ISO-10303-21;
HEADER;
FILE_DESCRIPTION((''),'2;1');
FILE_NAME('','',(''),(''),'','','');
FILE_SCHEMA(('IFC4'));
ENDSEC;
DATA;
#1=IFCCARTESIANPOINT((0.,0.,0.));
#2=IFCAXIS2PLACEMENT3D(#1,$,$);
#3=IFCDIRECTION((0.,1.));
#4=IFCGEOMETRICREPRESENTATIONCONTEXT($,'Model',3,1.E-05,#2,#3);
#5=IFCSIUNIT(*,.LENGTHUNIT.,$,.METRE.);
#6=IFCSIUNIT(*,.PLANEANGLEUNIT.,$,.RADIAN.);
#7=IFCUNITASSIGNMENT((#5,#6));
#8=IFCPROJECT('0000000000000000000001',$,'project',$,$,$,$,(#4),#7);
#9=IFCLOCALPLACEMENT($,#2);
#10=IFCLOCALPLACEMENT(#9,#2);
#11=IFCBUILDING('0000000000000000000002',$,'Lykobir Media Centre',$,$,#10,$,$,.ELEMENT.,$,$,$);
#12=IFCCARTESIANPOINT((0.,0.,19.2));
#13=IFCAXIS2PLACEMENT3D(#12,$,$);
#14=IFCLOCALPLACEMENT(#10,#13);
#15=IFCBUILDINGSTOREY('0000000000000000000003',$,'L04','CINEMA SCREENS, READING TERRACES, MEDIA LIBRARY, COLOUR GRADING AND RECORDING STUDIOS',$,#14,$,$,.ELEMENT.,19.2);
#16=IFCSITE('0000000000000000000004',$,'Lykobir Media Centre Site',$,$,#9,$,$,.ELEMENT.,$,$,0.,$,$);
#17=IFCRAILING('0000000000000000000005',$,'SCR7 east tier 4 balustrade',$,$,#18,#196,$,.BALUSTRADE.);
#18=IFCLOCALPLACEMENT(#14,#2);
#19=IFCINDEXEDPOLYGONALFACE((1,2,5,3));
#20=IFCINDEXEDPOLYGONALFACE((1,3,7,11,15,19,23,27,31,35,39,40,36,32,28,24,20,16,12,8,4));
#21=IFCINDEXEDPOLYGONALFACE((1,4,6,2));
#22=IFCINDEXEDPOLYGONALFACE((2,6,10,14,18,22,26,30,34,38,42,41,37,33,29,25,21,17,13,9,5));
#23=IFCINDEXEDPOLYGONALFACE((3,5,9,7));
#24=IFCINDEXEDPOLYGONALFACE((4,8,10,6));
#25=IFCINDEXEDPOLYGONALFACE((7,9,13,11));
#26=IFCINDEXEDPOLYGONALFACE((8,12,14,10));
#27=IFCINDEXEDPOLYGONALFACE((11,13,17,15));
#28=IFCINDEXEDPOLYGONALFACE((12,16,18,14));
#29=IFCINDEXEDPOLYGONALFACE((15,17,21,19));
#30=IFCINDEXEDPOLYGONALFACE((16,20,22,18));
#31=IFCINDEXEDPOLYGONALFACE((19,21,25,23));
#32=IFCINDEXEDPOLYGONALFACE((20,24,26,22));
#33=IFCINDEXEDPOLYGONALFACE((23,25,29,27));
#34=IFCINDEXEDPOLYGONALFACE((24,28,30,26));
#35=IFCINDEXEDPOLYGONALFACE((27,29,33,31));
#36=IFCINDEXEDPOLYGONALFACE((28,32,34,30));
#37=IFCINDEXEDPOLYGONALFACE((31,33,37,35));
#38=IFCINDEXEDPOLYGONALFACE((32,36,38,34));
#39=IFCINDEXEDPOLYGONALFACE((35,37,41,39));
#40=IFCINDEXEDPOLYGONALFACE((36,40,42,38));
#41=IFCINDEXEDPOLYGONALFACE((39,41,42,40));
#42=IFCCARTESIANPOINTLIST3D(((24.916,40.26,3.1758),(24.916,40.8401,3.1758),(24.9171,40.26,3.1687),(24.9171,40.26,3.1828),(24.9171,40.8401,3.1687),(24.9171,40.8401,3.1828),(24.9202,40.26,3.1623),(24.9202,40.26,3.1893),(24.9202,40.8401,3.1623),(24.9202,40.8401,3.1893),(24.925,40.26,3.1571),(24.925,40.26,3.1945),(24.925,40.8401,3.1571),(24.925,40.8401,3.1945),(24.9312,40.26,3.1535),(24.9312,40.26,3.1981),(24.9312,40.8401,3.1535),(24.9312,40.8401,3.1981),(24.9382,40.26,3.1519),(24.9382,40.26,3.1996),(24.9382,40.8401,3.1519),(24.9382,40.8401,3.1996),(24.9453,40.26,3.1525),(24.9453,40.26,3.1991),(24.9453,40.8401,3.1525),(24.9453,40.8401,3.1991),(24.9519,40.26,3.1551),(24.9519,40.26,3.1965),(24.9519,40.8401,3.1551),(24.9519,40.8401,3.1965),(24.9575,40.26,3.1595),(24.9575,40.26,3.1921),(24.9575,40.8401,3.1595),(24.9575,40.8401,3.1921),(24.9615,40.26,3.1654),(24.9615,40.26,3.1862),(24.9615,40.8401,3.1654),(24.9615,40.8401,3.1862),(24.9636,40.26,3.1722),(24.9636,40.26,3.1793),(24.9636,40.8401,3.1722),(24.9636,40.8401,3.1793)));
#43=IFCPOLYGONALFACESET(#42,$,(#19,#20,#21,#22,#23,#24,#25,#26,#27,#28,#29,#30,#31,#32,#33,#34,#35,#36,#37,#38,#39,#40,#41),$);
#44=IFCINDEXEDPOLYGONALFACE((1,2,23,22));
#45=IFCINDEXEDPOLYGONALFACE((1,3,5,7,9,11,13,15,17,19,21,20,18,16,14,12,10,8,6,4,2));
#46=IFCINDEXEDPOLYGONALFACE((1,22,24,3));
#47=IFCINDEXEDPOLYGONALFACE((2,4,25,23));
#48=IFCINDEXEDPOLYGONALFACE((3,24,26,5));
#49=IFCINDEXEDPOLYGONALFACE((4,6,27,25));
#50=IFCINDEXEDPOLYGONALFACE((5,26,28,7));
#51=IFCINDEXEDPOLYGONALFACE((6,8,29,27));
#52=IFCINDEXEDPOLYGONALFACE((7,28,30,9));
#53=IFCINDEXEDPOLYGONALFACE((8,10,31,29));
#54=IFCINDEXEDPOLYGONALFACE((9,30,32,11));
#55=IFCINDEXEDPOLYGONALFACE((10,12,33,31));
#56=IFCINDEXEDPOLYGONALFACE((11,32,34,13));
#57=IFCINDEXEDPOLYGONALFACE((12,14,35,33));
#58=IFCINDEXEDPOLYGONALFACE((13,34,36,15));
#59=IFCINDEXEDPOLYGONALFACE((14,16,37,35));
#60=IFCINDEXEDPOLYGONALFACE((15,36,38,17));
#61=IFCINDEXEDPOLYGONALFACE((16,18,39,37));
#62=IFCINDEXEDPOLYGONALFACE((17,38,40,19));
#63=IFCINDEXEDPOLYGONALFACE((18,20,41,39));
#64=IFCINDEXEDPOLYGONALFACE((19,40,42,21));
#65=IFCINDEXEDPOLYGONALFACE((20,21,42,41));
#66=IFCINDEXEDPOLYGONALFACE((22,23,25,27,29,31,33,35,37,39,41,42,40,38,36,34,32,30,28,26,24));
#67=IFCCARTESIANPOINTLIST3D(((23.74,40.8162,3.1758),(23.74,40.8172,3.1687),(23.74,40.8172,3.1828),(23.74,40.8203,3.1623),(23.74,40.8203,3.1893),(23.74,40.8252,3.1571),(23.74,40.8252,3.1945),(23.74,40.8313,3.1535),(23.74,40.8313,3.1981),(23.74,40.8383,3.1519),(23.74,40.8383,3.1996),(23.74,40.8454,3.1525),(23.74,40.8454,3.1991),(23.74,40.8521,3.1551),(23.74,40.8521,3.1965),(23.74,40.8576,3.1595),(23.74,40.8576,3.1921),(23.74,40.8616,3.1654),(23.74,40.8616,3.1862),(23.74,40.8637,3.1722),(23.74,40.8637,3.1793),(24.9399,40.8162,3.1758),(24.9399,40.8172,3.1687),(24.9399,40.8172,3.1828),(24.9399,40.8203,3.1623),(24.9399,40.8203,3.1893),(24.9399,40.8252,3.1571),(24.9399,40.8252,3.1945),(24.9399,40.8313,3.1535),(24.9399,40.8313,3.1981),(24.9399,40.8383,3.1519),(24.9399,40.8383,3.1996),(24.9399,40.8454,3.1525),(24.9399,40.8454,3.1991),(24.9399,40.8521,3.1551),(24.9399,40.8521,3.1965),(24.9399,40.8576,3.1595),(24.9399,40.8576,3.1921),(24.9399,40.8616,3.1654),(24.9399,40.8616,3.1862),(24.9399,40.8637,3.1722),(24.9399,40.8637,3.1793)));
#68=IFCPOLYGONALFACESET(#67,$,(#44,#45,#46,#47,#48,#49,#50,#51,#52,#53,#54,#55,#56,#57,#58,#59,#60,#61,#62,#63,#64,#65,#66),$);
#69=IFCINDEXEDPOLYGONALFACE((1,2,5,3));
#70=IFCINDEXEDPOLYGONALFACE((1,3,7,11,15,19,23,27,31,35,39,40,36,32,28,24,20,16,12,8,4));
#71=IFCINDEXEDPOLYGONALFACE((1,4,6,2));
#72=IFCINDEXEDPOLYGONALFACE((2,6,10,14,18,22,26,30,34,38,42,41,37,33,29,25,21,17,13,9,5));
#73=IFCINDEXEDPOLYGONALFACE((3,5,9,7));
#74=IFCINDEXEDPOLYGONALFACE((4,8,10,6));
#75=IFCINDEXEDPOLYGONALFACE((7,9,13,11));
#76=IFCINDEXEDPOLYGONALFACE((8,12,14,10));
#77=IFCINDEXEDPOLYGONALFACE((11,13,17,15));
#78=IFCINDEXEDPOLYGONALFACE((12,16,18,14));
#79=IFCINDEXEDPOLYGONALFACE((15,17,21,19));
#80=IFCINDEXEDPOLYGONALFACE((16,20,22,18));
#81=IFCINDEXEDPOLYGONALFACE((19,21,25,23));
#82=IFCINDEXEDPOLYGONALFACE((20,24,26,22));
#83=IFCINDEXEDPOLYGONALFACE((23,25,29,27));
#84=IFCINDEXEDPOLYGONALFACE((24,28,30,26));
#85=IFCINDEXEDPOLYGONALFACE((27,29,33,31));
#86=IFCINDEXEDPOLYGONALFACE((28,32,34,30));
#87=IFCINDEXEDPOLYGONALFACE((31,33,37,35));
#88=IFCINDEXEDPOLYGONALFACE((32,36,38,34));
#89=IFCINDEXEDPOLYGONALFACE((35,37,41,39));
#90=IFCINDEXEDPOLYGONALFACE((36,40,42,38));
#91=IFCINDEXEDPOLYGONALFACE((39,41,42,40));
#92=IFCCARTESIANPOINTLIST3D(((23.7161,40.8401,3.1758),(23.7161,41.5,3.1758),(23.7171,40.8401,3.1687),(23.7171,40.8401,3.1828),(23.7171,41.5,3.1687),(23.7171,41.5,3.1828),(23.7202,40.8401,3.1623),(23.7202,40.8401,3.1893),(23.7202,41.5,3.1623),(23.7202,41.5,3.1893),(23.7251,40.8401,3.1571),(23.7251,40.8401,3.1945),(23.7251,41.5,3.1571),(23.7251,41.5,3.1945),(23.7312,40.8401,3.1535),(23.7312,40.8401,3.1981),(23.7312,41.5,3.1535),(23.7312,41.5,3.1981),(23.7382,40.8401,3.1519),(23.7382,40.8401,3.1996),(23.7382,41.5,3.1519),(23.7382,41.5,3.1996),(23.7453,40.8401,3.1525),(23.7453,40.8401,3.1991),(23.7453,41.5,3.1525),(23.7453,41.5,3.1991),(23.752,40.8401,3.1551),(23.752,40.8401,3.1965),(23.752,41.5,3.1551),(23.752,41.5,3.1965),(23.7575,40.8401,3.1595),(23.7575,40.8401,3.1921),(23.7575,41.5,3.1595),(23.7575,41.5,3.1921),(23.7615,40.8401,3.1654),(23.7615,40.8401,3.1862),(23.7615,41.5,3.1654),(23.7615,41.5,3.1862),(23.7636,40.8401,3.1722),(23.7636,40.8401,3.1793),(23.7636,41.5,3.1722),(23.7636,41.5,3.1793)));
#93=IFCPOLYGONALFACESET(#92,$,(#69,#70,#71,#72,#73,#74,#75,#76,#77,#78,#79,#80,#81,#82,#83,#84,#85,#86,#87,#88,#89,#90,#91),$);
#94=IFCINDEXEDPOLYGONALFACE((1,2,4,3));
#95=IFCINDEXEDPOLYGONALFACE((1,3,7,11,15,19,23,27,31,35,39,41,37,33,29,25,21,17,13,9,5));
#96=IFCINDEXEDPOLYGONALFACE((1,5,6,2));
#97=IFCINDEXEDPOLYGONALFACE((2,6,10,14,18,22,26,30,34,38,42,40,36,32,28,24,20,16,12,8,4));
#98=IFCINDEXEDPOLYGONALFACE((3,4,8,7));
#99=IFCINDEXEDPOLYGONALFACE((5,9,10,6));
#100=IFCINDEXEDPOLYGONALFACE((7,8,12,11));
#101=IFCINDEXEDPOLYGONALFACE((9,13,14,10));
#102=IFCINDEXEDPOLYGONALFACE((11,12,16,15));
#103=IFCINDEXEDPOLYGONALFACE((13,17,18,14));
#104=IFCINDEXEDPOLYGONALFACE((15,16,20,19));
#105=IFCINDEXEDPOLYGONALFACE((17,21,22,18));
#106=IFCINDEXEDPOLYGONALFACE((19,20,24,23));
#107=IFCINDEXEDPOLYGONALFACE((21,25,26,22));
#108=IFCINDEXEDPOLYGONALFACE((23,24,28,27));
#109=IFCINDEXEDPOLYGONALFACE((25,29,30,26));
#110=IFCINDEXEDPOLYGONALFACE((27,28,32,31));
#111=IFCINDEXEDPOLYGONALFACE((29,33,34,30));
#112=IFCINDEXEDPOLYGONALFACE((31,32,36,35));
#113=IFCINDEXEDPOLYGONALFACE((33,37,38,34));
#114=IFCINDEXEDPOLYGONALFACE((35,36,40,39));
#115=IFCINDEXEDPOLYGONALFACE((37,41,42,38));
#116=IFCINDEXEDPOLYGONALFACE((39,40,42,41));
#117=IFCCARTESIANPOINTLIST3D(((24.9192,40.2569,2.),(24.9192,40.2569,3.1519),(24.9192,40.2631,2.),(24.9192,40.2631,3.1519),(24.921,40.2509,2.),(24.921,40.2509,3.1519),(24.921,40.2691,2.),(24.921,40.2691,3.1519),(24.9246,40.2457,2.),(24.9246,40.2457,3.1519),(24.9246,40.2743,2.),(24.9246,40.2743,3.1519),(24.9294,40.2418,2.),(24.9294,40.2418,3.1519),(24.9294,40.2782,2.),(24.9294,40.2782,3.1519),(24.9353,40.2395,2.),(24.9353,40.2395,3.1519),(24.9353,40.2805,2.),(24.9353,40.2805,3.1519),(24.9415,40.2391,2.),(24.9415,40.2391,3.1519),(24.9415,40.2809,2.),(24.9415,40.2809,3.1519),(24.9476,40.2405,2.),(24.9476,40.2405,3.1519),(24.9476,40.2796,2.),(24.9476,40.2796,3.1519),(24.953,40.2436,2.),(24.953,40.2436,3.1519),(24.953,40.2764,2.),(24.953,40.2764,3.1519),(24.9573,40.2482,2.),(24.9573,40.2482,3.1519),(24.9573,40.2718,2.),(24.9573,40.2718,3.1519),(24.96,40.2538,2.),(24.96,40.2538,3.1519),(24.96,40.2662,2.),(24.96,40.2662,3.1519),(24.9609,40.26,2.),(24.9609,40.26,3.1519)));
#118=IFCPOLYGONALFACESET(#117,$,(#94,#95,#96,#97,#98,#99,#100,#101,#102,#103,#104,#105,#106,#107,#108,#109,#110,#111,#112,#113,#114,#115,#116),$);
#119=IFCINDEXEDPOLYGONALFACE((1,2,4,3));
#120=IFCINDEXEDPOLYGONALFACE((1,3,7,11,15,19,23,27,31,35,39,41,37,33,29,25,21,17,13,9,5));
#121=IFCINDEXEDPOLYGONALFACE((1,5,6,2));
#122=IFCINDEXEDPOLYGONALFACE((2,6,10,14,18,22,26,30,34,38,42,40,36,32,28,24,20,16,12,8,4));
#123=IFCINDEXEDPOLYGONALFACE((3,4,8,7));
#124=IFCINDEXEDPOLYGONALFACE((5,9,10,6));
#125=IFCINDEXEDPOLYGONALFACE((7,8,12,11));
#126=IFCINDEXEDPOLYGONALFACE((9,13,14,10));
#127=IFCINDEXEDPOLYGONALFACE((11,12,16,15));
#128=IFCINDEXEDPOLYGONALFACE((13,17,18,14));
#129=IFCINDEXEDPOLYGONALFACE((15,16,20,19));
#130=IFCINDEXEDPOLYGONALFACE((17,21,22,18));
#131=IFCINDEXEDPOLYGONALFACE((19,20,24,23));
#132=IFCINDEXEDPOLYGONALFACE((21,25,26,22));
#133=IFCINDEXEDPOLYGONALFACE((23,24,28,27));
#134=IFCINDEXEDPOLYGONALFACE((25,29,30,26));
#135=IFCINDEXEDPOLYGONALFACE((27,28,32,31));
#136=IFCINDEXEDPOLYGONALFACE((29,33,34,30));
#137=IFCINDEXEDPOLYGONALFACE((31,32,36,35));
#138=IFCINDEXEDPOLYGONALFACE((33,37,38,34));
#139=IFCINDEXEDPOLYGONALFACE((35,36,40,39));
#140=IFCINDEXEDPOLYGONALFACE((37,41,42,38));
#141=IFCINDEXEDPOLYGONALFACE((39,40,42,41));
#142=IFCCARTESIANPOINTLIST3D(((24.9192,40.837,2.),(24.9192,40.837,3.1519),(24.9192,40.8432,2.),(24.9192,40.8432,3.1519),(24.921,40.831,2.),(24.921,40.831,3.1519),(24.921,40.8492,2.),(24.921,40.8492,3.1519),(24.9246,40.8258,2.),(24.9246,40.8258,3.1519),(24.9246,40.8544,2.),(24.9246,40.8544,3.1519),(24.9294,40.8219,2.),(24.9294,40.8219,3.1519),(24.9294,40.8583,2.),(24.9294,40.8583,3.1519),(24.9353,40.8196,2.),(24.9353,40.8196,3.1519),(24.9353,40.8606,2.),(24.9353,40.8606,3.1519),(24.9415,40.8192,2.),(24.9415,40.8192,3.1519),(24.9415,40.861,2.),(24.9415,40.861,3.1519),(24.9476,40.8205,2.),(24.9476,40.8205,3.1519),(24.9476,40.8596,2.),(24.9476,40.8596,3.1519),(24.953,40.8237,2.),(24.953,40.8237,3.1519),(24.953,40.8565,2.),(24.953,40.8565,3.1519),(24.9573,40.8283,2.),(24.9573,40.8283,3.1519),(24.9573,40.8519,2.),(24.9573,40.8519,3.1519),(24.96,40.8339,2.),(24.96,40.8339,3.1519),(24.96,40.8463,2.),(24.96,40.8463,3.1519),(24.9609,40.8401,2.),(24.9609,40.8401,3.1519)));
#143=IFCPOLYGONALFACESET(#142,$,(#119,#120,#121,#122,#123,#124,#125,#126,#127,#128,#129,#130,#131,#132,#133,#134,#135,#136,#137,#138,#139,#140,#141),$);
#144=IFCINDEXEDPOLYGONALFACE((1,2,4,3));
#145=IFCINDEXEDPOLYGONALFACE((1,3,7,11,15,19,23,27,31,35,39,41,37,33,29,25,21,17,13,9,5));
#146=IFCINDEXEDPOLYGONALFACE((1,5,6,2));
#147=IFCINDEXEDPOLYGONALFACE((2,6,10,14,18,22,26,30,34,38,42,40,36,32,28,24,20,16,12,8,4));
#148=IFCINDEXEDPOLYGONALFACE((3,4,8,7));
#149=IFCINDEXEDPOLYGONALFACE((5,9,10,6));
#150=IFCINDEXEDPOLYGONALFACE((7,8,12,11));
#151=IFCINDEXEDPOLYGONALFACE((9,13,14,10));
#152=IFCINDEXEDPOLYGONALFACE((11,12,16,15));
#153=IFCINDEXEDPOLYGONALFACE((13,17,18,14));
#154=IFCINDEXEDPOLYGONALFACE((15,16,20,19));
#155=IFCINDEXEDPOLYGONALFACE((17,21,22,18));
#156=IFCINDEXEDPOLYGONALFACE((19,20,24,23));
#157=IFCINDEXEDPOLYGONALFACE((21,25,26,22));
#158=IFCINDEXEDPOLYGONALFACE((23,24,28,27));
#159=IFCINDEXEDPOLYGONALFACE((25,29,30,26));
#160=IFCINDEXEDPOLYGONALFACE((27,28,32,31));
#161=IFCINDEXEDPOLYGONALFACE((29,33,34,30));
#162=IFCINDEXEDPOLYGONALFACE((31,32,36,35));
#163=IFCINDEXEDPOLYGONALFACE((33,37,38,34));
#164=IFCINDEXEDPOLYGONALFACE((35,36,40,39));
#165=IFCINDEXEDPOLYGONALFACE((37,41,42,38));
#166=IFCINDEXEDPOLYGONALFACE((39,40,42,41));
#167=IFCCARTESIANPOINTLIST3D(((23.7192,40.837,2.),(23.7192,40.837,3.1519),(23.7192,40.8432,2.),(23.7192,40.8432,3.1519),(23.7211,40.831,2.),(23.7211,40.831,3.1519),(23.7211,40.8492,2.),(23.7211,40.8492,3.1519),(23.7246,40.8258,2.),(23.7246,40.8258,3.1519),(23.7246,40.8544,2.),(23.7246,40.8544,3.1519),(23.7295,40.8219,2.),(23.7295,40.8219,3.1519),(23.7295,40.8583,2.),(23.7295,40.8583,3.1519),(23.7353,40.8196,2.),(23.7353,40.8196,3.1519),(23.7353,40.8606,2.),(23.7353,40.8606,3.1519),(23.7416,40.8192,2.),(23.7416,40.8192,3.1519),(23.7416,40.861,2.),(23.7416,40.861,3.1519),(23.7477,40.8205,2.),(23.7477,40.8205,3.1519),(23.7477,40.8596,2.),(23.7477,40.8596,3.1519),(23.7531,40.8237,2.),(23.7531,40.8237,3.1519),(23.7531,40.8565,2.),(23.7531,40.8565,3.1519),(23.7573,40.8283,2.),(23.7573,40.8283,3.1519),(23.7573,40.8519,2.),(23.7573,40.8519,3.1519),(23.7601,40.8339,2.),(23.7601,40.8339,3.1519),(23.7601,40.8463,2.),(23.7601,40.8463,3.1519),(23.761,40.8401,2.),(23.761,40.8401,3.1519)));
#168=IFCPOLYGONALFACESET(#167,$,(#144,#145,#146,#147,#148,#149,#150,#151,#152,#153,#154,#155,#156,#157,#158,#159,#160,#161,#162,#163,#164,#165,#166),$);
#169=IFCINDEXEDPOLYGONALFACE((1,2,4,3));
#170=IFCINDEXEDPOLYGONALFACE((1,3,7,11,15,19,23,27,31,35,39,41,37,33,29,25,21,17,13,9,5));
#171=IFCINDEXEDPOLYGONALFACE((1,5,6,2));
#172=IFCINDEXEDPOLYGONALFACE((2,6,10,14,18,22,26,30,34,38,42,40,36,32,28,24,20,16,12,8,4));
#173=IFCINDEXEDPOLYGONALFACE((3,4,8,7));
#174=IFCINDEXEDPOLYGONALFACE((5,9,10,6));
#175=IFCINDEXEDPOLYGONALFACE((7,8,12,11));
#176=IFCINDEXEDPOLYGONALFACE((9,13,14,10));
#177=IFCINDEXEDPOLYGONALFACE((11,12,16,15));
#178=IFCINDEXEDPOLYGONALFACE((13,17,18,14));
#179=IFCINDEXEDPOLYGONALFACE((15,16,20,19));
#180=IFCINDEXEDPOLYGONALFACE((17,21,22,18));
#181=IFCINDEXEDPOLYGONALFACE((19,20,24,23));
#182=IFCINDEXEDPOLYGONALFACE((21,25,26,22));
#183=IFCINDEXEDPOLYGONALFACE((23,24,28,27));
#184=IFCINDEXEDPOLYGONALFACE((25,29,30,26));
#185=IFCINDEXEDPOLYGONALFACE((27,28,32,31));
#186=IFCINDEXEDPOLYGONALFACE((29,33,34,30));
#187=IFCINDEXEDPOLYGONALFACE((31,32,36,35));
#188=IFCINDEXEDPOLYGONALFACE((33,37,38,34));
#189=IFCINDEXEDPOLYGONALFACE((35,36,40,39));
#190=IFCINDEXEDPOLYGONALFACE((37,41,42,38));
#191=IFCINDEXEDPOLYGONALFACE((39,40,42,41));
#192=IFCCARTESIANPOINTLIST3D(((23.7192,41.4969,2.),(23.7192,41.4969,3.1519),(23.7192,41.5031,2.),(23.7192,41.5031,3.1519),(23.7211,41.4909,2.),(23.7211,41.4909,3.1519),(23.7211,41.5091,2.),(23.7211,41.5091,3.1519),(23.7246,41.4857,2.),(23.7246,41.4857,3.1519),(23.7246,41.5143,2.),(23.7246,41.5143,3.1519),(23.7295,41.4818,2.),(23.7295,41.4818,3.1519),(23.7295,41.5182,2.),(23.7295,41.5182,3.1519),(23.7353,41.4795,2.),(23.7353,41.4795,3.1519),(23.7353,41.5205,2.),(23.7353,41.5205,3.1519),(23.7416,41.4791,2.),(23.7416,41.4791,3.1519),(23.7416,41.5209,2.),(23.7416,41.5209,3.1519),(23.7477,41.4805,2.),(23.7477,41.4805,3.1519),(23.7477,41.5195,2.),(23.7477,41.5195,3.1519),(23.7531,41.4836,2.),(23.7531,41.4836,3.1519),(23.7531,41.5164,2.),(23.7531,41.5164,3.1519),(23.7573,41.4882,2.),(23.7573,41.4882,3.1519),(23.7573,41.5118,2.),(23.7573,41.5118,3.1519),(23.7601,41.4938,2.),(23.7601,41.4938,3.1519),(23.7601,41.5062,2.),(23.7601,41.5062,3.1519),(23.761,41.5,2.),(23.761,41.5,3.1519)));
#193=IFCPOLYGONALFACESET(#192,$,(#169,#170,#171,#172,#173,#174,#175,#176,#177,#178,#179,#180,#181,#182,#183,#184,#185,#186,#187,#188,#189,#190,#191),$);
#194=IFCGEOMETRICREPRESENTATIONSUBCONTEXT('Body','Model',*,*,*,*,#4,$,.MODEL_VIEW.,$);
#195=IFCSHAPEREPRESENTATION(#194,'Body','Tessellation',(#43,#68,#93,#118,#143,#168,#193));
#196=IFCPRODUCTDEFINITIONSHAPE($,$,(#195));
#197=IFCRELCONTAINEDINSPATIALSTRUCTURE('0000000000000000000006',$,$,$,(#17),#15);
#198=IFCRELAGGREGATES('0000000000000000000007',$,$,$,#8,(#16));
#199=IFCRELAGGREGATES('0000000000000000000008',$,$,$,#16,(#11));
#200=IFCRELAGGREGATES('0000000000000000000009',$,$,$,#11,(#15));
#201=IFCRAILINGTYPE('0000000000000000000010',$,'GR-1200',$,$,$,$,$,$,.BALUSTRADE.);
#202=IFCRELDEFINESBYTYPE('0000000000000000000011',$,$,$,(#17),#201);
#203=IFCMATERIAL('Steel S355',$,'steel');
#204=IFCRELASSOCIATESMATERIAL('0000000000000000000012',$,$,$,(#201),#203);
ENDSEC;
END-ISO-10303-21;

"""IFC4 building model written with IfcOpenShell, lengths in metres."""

from ifc_helpers import new_model, si_unit, direction, frame, origin, origin_2d, place, context, subcontext, project, spatial, circle, extrude, material, type_object, element, save


model = new_model("IFC4")

# Units and contexts
model_context = context("Model", 3, precision=1e-05, world=origin(), true_north=direction((0.0, 1.0)))
body_context = subcontext(model_context, "Body", "Model", "MODEL_VIEW")
ifc_project = project(units=[si_unit("LENGTHUNIT", "METRE"), si_unit("PLANEANGLEUNIT", "RADIAN")], contexts=[model_context])

# Site, building, storey
site_placement = place(None, origin())
site = spatial("IfcSite", under=ifc_project, at=site_placement, Name="Lykobir Media Centre Site", CompositionType="ELEMENT", RefElevation=0.0)
building_placement = place(site_placement, origin())
building = spatial("IfcBuilding", under=site, at=building_placement, Name="Lykobir Media Centre", CompositionType="ELEMENT")
storey_placement = place(building_placement, frame((0.0, 0.0, 19.2)))
storey = spatial("IfcBuildingStorey", under=building, at=storey_placement, Name="L04", Description="CINEMA SCREENS, READING TERRACES, MEDIA LIBRARY, COLOUR GRADING AND RECORDING STUDIOS", CompositionType="ELEMENT", Elevation=19.2)

# Shared definitions
ifc_material_1 = material(Name="Steel S355", Category="steel")

# Railing
railing_type = type_object("IfcRailingType", Name="GR-1200", PredefinedType="BALUSTRADE", material=ifc_material_1)
for number, where, name in (
    (1, (24.9399, 40.26, 2.0), "SCR7 east tier 4 balustrade"),
):
    element("IfcRailing", number, at=place(storey_placement, frame(where)), inside=storey, type_object=railing_type, Name=name, PredefinedType="BALUSTRADE", context=body_context, shape_type="SweptSolid", body=[
        extrude(circle(Radius=0.0239, at=origin_2d()), frame((0.0, 0.0, 1.1758), z_axis=(0.0, 1.0, 0.0), x_axis=(-1.0, 0.0, 0.0)), (0.0, 0.0, 1.0), 0.5801),
        extrude(circle(Radius=0.0239, at=origin_2d()), frame((0.0, 0.5801, 1.1758), z_axis=(-1.0, 0.0, 0.0), x_axis=(0.0, -1.0, 0.0)), (0.0, 0.0, 1.0), 1.2),
        extrude(circle(Radius=0.0239, at=origin_2d()), frame((-1.2, 0.5801, 1.1758), z_axis=(0.0, 1.0, 0.0), x_axis=(-1.0, 0.0, 0.0)), (0.0, 0.0, 1.0), 0.6599),
        extrude(circle(Radius=0.021, at=origin_2d()), origin(), (0.0, 0.0, 1.0), 1.1519),
        extrude(circle(Radius=0.021, at=origin_2d()), frame((0.0, 0.5801, 0.0)), (0.0, 0.0, 1.0), 1.1519),
        extrude(circle(Radius=0.021, at=origin_2d()), frame((-1.2, 0.5801, 0.0)), (0.0, 0.0, 1.0), 1.1519),
        extrude(circle(Radius=0.021, at=origin_2d()), frame((-1.2, 1.24, 0.0)), (0.0, 0.0, 1.0), 1.1519),
    ])

save(model, "model.ifc")
